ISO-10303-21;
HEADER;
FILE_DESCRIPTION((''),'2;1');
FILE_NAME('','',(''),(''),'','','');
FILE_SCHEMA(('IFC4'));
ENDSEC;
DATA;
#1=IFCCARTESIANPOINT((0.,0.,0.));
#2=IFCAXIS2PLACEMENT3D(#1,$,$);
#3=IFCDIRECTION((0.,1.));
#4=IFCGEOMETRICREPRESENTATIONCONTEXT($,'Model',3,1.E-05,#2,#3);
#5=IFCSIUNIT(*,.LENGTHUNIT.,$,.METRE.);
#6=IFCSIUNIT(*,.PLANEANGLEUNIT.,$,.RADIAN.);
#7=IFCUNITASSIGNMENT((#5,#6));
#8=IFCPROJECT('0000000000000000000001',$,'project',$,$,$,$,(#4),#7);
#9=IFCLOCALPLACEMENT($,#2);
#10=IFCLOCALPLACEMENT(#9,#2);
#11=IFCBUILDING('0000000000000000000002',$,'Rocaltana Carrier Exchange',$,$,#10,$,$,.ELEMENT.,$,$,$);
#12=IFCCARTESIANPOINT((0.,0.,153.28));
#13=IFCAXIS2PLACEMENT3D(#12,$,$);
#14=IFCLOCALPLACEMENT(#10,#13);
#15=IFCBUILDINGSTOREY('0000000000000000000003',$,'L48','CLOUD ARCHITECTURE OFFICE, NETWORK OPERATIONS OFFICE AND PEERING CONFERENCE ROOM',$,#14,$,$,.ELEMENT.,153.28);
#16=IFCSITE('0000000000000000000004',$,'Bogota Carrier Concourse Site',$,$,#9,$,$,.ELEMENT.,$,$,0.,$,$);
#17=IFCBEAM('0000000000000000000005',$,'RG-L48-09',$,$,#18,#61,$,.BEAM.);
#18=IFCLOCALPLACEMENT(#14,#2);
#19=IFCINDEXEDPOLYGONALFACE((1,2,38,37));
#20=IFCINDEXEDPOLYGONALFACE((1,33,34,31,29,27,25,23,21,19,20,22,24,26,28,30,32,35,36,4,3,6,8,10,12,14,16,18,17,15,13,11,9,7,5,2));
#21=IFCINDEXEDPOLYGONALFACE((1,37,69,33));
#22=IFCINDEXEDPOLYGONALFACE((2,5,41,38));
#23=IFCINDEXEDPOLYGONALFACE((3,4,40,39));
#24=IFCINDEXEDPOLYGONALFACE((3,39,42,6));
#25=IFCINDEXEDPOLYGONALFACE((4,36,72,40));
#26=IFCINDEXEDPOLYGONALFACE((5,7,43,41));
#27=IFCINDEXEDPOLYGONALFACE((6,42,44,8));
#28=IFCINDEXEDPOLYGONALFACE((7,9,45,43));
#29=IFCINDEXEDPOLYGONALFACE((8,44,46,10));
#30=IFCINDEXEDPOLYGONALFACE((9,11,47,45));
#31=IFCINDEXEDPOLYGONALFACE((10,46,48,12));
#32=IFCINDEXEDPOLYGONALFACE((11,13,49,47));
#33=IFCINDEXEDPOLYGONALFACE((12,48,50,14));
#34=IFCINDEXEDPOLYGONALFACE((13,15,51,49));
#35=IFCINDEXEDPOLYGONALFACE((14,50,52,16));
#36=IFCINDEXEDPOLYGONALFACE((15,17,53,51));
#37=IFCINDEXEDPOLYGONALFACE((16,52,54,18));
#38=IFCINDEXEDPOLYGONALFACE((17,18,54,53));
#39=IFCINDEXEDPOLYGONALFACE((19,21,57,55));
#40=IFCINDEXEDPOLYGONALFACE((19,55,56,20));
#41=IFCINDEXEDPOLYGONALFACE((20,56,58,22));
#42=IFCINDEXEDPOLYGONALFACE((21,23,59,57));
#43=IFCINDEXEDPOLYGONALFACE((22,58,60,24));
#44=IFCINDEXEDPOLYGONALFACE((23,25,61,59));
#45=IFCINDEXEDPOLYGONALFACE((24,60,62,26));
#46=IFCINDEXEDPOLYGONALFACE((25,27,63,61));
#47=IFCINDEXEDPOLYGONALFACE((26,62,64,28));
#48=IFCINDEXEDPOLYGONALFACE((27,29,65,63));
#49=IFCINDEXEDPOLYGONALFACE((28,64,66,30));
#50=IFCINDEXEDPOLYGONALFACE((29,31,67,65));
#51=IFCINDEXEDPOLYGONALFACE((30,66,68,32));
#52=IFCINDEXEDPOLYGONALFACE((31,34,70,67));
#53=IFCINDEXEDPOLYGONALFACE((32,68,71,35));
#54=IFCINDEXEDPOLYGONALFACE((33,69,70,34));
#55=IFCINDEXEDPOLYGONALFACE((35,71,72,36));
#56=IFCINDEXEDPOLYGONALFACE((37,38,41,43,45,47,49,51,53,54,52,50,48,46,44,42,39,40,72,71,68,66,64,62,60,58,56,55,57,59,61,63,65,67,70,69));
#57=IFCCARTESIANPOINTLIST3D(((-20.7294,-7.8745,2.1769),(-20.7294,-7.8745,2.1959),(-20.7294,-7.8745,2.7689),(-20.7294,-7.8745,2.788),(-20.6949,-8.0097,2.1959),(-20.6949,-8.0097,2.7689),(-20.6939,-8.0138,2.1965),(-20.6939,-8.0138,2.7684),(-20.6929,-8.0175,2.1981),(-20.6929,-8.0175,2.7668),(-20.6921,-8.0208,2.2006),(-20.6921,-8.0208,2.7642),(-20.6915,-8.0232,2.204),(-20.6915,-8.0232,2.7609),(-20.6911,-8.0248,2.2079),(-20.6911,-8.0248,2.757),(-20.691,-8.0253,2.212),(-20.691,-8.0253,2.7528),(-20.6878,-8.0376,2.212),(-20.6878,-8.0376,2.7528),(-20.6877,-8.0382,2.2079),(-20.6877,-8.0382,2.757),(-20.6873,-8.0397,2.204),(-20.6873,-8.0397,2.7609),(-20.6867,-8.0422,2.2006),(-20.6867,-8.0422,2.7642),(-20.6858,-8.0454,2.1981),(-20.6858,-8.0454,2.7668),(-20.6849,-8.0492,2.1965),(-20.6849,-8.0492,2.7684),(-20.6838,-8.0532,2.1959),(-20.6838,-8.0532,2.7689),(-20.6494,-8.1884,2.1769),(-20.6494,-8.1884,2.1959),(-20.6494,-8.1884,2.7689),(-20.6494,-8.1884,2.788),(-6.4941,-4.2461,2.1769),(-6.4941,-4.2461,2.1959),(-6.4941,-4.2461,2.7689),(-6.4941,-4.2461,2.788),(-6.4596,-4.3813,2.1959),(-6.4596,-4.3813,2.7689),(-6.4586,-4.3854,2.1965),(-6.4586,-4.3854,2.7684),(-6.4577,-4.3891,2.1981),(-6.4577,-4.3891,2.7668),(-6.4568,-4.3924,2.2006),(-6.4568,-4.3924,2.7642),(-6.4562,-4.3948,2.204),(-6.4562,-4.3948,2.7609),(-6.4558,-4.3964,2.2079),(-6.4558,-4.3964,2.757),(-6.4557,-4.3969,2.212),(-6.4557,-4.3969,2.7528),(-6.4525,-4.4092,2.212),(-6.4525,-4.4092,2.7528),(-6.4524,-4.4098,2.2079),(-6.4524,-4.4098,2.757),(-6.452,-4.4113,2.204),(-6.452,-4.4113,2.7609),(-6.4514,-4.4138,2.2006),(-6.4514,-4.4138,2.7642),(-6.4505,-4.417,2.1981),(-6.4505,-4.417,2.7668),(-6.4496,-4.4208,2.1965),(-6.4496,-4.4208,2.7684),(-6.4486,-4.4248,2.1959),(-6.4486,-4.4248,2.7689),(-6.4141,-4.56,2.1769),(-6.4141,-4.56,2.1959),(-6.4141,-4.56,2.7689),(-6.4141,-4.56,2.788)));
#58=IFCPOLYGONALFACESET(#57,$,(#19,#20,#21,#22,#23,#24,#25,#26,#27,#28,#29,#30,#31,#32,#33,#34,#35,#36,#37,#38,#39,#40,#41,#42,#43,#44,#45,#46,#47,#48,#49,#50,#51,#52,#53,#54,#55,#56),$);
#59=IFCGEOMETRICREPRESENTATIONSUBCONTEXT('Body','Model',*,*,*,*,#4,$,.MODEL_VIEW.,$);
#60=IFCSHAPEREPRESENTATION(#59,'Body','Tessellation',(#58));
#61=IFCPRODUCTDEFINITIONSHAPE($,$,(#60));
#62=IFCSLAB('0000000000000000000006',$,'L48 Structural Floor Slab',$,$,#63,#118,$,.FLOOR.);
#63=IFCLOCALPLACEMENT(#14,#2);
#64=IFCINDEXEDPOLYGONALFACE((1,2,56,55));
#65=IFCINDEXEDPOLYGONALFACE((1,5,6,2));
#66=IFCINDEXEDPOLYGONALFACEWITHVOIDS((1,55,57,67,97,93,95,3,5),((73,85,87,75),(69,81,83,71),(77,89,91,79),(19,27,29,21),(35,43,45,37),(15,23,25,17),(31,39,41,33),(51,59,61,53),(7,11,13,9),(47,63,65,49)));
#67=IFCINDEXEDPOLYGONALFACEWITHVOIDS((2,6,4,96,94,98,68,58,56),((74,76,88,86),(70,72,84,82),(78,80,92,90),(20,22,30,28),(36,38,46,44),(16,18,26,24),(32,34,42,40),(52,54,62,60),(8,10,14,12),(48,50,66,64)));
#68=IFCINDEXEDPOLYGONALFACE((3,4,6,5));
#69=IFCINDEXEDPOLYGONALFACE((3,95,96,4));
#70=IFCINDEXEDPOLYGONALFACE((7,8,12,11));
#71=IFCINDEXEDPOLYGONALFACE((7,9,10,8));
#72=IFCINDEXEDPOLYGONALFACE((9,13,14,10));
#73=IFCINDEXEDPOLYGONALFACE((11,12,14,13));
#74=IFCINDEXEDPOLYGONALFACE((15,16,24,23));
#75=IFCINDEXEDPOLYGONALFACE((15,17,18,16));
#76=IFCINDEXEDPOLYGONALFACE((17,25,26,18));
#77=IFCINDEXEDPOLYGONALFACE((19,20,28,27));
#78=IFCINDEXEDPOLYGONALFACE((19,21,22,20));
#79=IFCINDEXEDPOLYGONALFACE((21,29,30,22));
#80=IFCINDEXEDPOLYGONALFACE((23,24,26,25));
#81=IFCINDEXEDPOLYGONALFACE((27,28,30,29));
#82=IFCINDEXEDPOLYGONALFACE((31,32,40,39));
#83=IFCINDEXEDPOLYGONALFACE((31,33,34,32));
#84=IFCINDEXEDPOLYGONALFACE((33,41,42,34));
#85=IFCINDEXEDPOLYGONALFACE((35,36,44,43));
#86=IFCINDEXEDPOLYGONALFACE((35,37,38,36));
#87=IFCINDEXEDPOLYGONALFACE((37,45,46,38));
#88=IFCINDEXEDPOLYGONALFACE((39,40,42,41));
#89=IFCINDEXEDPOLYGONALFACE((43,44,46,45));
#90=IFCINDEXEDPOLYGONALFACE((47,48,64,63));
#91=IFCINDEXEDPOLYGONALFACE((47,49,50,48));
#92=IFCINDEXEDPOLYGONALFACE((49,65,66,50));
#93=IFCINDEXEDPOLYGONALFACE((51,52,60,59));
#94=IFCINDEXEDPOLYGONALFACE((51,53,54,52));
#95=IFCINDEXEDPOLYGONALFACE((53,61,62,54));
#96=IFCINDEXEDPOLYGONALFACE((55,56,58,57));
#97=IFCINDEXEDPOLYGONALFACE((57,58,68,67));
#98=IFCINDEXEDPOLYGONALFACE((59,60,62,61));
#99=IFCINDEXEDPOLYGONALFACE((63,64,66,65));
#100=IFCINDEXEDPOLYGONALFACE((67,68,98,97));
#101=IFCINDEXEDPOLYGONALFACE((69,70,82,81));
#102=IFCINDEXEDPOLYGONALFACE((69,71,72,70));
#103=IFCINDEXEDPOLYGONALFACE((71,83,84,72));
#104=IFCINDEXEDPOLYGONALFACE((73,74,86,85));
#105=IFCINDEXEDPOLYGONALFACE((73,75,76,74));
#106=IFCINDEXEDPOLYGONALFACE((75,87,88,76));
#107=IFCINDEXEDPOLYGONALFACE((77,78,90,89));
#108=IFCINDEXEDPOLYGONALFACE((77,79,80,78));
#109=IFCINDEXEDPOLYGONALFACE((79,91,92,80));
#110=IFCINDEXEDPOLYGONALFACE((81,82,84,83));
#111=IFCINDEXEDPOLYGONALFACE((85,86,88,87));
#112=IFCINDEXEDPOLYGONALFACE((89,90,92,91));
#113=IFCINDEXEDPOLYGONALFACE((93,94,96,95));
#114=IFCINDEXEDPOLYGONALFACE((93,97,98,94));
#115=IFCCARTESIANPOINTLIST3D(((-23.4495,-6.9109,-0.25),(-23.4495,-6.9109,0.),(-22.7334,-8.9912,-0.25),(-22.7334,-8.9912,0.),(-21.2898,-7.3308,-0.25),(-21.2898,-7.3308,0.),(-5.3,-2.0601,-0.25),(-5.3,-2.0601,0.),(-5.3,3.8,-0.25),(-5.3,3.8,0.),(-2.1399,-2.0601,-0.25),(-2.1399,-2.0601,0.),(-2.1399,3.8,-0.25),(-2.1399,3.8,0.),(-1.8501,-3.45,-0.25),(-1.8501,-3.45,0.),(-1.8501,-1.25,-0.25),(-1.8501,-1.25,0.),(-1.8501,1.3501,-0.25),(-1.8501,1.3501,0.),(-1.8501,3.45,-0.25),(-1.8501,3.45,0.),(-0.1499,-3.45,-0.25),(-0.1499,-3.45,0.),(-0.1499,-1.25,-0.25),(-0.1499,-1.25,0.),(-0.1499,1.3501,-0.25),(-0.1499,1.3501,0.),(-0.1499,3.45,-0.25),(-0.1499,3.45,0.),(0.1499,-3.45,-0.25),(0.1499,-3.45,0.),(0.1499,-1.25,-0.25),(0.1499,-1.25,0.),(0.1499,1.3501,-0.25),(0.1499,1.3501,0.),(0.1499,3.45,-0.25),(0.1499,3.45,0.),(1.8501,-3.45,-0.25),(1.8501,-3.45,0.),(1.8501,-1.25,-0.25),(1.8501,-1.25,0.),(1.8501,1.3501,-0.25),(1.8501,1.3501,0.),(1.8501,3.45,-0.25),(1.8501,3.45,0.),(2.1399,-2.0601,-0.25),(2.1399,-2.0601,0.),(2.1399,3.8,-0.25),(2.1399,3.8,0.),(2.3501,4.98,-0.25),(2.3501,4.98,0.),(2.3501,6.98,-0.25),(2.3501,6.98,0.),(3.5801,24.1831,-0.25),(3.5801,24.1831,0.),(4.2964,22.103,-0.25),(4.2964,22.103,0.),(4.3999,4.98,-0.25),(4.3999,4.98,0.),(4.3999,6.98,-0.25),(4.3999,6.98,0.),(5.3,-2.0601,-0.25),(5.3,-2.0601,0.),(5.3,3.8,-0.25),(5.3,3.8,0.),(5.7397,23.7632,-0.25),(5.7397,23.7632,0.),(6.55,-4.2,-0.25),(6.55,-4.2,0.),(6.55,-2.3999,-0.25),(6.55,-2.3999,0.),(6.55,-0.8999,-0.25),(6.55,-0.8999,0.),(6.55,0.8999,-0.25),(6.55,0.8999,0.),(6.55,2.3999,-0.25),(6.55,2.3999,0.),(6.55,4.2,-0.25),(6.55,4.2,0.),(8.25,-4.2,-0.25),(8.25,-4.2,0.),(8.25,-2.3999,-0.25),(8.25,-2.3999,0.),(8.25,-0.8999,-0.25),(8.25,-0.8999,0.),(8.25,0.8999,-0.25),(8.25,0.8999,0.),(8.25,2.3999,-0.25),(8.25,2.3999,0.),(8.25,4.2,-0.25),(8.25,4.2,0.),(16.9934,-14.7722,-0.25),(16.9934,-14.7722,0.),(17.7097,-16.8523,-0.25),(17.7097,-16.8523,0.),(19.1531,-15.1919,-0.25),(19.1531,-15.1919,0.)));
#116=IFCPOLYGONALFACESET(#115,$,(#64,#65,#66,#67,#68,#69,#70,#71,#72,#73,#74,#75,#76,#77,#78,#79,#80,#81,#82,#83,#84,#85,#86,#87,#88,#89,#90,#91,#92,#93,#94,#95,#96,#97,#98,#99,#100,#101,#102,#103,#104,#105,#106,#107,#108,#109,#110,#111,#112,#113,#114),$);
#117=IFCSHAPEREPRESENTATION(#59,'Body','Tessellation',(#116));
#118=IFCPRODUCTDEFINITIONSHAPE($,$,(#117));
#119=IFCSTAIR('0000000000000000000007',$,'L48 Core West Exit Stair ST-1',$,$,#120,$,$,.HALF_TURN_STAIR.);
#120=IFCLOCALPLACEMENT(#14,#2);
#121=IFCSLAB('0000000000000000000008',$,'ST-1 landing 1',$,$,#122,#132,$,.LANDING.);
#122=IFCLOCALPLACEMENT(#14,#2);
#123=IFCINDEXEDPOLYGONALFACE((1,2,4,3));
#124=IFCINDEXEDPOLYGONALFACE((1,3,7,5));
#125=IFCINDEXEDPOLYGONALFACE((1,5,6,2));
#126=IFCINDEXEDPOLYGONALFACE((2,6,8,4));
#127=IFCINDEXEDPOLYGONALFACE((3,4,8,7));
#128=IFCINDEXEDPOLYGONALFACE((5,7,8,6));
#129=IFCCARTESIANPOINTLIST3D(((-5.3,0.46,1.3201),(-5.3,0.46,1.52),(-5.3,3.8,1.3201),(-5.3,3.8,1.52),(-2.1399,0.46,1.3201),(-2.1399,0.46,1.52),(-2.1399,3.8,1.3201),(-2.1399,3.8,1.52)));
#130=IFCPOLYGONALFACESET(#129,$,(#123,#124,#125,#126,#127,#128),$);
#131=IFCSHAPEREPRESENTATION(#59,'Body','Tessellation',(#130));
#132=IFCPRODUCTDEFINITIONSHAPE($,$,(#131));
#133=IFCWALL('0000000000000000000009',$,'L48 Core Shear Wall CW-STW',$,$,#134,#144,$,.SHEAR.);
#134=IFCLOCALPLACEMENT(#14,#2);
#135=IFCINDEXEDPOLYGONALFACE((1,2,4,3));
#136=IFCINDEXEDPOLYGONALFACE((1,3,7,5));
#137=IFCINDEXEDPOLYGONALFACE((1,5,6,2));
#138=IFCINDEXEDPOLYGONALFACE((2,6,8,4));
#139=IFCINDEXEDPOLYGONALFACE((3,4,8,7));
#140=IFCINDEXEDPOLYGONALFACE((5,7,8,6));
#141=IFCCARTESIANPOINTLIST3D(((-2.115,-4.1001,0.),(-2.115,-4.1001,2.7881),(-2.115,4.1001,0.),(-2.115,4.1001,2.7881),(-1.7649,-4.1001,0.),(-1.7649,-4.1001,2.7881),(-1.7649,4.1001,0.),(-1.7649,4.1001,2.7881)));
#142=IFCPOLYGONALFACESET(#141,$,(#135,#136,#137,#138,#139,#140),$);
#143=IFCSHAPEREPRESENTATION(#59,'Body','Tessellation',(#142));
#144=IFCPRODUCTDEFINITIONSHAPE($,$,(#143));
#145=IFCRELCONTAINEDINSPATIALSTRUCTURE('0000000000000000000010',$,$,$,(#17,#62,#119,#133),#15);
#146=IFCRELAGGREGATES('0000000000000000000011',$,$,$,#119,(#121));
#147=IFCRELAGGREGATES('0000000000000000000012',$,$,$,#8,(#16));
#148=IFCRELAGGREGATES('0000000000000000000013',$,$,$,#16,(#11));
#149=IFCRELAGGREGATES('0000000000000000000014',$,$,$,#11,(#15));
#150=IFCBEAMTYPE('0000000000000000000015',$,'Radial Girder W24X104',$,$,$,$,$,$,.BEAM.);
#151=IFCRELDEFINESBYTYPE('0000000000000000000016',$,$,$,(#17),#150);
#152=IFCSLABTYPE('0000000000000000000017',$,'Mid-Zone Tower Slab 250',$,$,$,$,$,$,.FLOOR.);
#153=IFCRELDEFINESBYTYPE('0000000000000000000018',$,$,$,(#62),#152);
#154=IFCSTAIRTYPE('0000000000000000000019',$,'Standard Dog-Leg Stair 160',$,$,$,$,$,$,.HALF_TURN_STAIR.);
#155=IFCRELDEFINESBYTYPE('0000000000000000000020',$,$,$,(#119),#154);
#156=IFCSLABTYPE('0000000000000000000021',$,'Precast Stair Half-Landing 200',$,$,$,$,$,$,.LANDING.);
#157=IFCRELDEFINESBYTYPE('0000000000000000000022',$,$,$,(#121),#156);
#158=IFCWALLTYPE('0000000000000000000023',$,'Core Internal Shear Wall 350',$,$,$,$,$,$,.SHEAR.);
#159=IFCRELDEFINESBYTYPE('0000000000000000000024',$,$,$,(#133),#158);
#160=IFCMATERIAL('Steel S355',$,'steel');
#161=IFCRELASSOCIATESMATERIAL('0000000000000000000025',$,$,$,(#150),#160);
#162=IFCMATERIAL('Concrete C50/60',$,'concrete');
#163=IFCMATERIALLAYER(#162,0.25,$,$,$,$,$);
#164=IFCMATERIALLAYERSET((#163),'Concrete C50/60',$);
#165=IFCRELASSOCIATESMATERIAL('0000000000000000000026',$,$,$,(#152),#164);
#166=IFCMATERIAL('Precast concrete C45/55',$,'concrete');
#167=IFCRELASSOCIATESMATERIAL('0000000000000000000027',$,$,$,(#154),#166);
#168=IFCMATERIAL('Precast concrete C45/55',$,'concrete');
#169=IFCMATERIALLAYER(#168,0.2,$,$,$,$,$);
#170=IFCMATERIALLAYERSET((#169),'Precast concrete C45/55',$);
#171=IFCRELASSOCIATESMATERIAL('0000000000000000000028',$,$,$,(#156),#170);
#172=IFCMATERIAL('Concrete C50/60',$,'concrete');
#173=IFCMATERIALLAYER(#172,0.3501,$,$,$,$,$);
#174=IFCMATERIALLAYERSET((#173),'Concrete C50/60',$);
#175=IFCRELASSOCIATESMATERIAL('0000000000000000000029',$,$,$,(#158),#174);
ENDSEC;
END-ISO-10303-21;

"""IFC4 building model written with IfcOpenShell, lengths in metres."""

from ifc_helpers import new_model, si_unit, direction, frame, frame_2d, origin, origin_2d, place, context, subcontext, project, spatial, polyline, rectangle, i_section, outline, extrude, material, layer, layer_set, material_profile, profile_set, type_object, element, aggregate, save


model = new_model("IFC4")

# Units and contexts
model_context = context("Model", 3, precision=1e-05, world=origin(), true_north=direction((0.0, 1.0)))
body_context = subcontext(model_context, "Body", "Model", "MODEL_VIEW")
ifc_project = project(units=[si_unit("LENGTHUNIT", "METRE"), si_unit("PLANEANGLEUNIT", "RADIAN")], contexts=[model_context])

# Site, building, storey
site_placement = place(None, origin())
site = spatial("IfcSite", under=ifc_project, at=site_placement, Name="Bogota Carrier Concourse Site", CompositionType="ELEMENT", RefElevation=0.0)
building_placement = place(site_placement, origin())
building = spatial("IfcBuilding", under=site, at=building_placement, Name="Rocaltana Carrier Exchange", CompositionType="ELEMENT")
storey_placement = place(building_placement, frame((0.0, 0.0, 153.28)))
storey = spatial("IfcBuildingStorey", under=building, at=storey_placement, Name="L48", Description="CLOUD ARCHITECTURE OFFICE, NETWORK OPERATIONS OFFICE AND PEERING CONFERENCE ROOM", CompositionType="ELEMENT", Elevation=153.28)

# Beam
ifc_material_1 = material(Name="Steel S355", Category="steel")
ifc_material_profile_1 = material_profile(ifc_material_1, i_section(OverallWidth=0.324, OverallDepth=0.6111, WebThickness=0.0127, FlangeThickness=0.019, FilletRadius=0.0161, at=origin_2d()), Name="W24X104")
ifc_profile_set_1 = profile_set([ifc_material_profile_1], Name="Steel S355")
beam_type = type_object("IfcBeamType", Name="Radial Girder W24X104", PredefinedType="BEAM", material=ifc_profile_set_1)
beam_1_placement = place(storey_placement, frame((-6.4541, -4.4031, 2.4824), z_axis=(-0.969018, -0.246991, 0.0), x_axis=(0.246991, -0.969018, 0.0)))
element("IfcBeam", 1, at=beam_1_placement, inside=storey, type_object=beam_type, Name="RG-L48-09", PredefinedType="BEAM", context=body_context, shape_type="SweptSolid", body=[
    extrude(i_section(OverallWidth=0.324, OverallDepth=0.6111, WebThickness=0.0127, FlangeThickness=0.019, FilletRadius=0.0161, at=origin_2d()), origin(), (0.0, 0.0, 1.0), 14.6904),
])

# Slab
ifc_material_2 = material(Name="Concrete C50/60", Category="concrete")
ifc_layer_1 = layer(ifc_material_2, 0.25)
ifc_layer_set_1 = layer_set([ifc_layer_1], Name="Concrete C50/60")
slab_type_1 = type_object("IfcSlabType", Name="Mid-Zone Tower Slab 250", PredefinedType="FLOOR", material=ifc_layer_set_1)
slab_1_placement = place(storey_placement, frame((0.0, 0.0, -0.25)))
element("IfcSlab", 2, at=slab_1_placement, inside=storey, type_object=slab_type_1, Name="L48 Structural Floor Slab", PredefinedType="FLOOR", context=body_context, shape_type="SweptSolid", body=[
    extrude(outline(polyline([(17.7097, -16.8523), (16.9934, -14.7722), (19.1531, -15.1919), (5.7397, 23.7632), (4.2964, 22.103), (3.5801, 24.1831), (-23.4495, -6.9109), (-21.2898, -7.3308), (-22.7334, -8.9912), (17.7097, -16.8523)]), holes=[polyline([(-5.3, -2.0601), (-2.1399, -2.0601), (-2.1399, 3.8), (-5.3, 3.8), (-5.3, -2.0601)]), polyline([(2.1399, -2.0601), (5.3, -2.0601), (5.3, 3.8), (2.1399, 3.8), (2.1399, -2.0601)]), polyline([(-1.8501, -3.45), (-0.1499, -3.45), (-0.1499, -1.25), (-1.8501, -1.25), (-1.8501, -3.45)]), polyline([(0.1499, -3.45), (1.8501, -3.45), (1.8501, -1.25), (0.1499, -1.25), (0.1499, -3.45)]), polyline([(2.3501, 4.98), (4.3999, 4.98), (4.3999, 6.98), (2.3501, 6.98), (2.3501, 4.98)]), polyline([(-1.8501, 1.3501), (-0.1499, 1.3501), (-0.1499, 3.45), (-1.8501, 3.45), (-1.8501, 1.3501)]), polyline([(0.1499, 1.3501), (1.8501, 1.3501), (1.8501, 3.45), (0.1499, 3.45), (0.1499, 1.3501)]), polyline([(6.55, -4.2), (8.25, -4.2), (8.25, -2.3999), (6.55, -2.3999), (6.55, -4.2)]), polyline([(6.55, -0.8999), (8.25, -0.8999), (8.25, 0.8999), (6.55, 0.8999), (6.55, -0.8999)]), polyline([(6.55, 2.3999), (8.25, 2.3999), (8.25, 4.2), (6.55, 4.2), (6.55, 2.3999)])]), origin(), (0.0, 0.0, 1.0), 0.25),
])

# Stair, slab
ifc_material_3 = material(Name="Precast concrete C45/55", Category="concrete")
stair_type = type_object("IfcStairType", Name="Standard Dog-Leg Stair 160", PredefinedType="HALF_TURN_STAIR", material=ifc_material_3)
stair_placement = place(storey_placement, origin())
stair = element("IfcStair", 3, at=stair_placement, inside=storey, type_object=stair_type, Name="L48 Core West Exit Stair ST-1", PredefinedType="HALF_TURN_STAIR")
ifc_material_4 = material(Name="Precast concrete C45/55", Category="concrete")
ifc_layer_2 = layer(ifc_material_4, 0.2)
ifc_layer_set_2 = layer_set([ifc_layer_2], Name="Precast concrete C45/55")
slab_type_2 = type_object("IfcSlabType", Name="Precast Stair Half-Landing 200", PredefinedType="LANDING", material=ifc_layer_set_2)
slab_2_placement = place(storey_placement, frame((0.0, 0.0, 1.3201)))
slab_2 = element("IfcSlab", 4, at=slab_2_placement, type_object=slab_type_2, Name="ST-1 landing 1", PredefinedType="LANDING", context=body_context, shape_type="SweptSolid", body=[
    extrude(outline(polyline([(-2.1399, 0.46), (-2.1399, 3.8), (-5.3, 3.8), (-5.3, 0.46), (-2.1399, 0.46)])), origin(), (0.0, 0.0, 1.0), 0.2),
])

# Wall
ifc_material_5 = material(Name="Concrete C50/60", Category="concrete")
ifc_layer_3 = layer(ifc_material_5, 0.3501)
ifc_layer_set_3 = layer_set([ifc_layer_3], Name="Concrete C50/60")
wall_type_1 = type_object("IfcWallType", Name="Core Internal Shear Wall 350", PredefinedType="SHEAR", material=ifc_layer_set_3)
wall_1_placement = place(storey_placement, frame((-1.9399, -4.1001, 0.0), z_axis=(0.0, 0.0, 1.0), x_axis=(0.0, 1.0, 0.0)))
element("IfcWall", 5, at=wall_1_placement, inside=storey, type_object=wall_type_1, Name="L48 Core Shear Wall CW-STW", PredefinedType="SHEAR", context=body_context, shape_type="SweptSolid", body=[
    extrude(rectangle(XDim=8.2002, YDim=0.3501, at=frame_2d((4.1001, 0.0))), origin(), (0.0, 0.0, 1.0), 2.7881),
])

aggregate(stair, [slab_2])

save(model, "model.ifc")
